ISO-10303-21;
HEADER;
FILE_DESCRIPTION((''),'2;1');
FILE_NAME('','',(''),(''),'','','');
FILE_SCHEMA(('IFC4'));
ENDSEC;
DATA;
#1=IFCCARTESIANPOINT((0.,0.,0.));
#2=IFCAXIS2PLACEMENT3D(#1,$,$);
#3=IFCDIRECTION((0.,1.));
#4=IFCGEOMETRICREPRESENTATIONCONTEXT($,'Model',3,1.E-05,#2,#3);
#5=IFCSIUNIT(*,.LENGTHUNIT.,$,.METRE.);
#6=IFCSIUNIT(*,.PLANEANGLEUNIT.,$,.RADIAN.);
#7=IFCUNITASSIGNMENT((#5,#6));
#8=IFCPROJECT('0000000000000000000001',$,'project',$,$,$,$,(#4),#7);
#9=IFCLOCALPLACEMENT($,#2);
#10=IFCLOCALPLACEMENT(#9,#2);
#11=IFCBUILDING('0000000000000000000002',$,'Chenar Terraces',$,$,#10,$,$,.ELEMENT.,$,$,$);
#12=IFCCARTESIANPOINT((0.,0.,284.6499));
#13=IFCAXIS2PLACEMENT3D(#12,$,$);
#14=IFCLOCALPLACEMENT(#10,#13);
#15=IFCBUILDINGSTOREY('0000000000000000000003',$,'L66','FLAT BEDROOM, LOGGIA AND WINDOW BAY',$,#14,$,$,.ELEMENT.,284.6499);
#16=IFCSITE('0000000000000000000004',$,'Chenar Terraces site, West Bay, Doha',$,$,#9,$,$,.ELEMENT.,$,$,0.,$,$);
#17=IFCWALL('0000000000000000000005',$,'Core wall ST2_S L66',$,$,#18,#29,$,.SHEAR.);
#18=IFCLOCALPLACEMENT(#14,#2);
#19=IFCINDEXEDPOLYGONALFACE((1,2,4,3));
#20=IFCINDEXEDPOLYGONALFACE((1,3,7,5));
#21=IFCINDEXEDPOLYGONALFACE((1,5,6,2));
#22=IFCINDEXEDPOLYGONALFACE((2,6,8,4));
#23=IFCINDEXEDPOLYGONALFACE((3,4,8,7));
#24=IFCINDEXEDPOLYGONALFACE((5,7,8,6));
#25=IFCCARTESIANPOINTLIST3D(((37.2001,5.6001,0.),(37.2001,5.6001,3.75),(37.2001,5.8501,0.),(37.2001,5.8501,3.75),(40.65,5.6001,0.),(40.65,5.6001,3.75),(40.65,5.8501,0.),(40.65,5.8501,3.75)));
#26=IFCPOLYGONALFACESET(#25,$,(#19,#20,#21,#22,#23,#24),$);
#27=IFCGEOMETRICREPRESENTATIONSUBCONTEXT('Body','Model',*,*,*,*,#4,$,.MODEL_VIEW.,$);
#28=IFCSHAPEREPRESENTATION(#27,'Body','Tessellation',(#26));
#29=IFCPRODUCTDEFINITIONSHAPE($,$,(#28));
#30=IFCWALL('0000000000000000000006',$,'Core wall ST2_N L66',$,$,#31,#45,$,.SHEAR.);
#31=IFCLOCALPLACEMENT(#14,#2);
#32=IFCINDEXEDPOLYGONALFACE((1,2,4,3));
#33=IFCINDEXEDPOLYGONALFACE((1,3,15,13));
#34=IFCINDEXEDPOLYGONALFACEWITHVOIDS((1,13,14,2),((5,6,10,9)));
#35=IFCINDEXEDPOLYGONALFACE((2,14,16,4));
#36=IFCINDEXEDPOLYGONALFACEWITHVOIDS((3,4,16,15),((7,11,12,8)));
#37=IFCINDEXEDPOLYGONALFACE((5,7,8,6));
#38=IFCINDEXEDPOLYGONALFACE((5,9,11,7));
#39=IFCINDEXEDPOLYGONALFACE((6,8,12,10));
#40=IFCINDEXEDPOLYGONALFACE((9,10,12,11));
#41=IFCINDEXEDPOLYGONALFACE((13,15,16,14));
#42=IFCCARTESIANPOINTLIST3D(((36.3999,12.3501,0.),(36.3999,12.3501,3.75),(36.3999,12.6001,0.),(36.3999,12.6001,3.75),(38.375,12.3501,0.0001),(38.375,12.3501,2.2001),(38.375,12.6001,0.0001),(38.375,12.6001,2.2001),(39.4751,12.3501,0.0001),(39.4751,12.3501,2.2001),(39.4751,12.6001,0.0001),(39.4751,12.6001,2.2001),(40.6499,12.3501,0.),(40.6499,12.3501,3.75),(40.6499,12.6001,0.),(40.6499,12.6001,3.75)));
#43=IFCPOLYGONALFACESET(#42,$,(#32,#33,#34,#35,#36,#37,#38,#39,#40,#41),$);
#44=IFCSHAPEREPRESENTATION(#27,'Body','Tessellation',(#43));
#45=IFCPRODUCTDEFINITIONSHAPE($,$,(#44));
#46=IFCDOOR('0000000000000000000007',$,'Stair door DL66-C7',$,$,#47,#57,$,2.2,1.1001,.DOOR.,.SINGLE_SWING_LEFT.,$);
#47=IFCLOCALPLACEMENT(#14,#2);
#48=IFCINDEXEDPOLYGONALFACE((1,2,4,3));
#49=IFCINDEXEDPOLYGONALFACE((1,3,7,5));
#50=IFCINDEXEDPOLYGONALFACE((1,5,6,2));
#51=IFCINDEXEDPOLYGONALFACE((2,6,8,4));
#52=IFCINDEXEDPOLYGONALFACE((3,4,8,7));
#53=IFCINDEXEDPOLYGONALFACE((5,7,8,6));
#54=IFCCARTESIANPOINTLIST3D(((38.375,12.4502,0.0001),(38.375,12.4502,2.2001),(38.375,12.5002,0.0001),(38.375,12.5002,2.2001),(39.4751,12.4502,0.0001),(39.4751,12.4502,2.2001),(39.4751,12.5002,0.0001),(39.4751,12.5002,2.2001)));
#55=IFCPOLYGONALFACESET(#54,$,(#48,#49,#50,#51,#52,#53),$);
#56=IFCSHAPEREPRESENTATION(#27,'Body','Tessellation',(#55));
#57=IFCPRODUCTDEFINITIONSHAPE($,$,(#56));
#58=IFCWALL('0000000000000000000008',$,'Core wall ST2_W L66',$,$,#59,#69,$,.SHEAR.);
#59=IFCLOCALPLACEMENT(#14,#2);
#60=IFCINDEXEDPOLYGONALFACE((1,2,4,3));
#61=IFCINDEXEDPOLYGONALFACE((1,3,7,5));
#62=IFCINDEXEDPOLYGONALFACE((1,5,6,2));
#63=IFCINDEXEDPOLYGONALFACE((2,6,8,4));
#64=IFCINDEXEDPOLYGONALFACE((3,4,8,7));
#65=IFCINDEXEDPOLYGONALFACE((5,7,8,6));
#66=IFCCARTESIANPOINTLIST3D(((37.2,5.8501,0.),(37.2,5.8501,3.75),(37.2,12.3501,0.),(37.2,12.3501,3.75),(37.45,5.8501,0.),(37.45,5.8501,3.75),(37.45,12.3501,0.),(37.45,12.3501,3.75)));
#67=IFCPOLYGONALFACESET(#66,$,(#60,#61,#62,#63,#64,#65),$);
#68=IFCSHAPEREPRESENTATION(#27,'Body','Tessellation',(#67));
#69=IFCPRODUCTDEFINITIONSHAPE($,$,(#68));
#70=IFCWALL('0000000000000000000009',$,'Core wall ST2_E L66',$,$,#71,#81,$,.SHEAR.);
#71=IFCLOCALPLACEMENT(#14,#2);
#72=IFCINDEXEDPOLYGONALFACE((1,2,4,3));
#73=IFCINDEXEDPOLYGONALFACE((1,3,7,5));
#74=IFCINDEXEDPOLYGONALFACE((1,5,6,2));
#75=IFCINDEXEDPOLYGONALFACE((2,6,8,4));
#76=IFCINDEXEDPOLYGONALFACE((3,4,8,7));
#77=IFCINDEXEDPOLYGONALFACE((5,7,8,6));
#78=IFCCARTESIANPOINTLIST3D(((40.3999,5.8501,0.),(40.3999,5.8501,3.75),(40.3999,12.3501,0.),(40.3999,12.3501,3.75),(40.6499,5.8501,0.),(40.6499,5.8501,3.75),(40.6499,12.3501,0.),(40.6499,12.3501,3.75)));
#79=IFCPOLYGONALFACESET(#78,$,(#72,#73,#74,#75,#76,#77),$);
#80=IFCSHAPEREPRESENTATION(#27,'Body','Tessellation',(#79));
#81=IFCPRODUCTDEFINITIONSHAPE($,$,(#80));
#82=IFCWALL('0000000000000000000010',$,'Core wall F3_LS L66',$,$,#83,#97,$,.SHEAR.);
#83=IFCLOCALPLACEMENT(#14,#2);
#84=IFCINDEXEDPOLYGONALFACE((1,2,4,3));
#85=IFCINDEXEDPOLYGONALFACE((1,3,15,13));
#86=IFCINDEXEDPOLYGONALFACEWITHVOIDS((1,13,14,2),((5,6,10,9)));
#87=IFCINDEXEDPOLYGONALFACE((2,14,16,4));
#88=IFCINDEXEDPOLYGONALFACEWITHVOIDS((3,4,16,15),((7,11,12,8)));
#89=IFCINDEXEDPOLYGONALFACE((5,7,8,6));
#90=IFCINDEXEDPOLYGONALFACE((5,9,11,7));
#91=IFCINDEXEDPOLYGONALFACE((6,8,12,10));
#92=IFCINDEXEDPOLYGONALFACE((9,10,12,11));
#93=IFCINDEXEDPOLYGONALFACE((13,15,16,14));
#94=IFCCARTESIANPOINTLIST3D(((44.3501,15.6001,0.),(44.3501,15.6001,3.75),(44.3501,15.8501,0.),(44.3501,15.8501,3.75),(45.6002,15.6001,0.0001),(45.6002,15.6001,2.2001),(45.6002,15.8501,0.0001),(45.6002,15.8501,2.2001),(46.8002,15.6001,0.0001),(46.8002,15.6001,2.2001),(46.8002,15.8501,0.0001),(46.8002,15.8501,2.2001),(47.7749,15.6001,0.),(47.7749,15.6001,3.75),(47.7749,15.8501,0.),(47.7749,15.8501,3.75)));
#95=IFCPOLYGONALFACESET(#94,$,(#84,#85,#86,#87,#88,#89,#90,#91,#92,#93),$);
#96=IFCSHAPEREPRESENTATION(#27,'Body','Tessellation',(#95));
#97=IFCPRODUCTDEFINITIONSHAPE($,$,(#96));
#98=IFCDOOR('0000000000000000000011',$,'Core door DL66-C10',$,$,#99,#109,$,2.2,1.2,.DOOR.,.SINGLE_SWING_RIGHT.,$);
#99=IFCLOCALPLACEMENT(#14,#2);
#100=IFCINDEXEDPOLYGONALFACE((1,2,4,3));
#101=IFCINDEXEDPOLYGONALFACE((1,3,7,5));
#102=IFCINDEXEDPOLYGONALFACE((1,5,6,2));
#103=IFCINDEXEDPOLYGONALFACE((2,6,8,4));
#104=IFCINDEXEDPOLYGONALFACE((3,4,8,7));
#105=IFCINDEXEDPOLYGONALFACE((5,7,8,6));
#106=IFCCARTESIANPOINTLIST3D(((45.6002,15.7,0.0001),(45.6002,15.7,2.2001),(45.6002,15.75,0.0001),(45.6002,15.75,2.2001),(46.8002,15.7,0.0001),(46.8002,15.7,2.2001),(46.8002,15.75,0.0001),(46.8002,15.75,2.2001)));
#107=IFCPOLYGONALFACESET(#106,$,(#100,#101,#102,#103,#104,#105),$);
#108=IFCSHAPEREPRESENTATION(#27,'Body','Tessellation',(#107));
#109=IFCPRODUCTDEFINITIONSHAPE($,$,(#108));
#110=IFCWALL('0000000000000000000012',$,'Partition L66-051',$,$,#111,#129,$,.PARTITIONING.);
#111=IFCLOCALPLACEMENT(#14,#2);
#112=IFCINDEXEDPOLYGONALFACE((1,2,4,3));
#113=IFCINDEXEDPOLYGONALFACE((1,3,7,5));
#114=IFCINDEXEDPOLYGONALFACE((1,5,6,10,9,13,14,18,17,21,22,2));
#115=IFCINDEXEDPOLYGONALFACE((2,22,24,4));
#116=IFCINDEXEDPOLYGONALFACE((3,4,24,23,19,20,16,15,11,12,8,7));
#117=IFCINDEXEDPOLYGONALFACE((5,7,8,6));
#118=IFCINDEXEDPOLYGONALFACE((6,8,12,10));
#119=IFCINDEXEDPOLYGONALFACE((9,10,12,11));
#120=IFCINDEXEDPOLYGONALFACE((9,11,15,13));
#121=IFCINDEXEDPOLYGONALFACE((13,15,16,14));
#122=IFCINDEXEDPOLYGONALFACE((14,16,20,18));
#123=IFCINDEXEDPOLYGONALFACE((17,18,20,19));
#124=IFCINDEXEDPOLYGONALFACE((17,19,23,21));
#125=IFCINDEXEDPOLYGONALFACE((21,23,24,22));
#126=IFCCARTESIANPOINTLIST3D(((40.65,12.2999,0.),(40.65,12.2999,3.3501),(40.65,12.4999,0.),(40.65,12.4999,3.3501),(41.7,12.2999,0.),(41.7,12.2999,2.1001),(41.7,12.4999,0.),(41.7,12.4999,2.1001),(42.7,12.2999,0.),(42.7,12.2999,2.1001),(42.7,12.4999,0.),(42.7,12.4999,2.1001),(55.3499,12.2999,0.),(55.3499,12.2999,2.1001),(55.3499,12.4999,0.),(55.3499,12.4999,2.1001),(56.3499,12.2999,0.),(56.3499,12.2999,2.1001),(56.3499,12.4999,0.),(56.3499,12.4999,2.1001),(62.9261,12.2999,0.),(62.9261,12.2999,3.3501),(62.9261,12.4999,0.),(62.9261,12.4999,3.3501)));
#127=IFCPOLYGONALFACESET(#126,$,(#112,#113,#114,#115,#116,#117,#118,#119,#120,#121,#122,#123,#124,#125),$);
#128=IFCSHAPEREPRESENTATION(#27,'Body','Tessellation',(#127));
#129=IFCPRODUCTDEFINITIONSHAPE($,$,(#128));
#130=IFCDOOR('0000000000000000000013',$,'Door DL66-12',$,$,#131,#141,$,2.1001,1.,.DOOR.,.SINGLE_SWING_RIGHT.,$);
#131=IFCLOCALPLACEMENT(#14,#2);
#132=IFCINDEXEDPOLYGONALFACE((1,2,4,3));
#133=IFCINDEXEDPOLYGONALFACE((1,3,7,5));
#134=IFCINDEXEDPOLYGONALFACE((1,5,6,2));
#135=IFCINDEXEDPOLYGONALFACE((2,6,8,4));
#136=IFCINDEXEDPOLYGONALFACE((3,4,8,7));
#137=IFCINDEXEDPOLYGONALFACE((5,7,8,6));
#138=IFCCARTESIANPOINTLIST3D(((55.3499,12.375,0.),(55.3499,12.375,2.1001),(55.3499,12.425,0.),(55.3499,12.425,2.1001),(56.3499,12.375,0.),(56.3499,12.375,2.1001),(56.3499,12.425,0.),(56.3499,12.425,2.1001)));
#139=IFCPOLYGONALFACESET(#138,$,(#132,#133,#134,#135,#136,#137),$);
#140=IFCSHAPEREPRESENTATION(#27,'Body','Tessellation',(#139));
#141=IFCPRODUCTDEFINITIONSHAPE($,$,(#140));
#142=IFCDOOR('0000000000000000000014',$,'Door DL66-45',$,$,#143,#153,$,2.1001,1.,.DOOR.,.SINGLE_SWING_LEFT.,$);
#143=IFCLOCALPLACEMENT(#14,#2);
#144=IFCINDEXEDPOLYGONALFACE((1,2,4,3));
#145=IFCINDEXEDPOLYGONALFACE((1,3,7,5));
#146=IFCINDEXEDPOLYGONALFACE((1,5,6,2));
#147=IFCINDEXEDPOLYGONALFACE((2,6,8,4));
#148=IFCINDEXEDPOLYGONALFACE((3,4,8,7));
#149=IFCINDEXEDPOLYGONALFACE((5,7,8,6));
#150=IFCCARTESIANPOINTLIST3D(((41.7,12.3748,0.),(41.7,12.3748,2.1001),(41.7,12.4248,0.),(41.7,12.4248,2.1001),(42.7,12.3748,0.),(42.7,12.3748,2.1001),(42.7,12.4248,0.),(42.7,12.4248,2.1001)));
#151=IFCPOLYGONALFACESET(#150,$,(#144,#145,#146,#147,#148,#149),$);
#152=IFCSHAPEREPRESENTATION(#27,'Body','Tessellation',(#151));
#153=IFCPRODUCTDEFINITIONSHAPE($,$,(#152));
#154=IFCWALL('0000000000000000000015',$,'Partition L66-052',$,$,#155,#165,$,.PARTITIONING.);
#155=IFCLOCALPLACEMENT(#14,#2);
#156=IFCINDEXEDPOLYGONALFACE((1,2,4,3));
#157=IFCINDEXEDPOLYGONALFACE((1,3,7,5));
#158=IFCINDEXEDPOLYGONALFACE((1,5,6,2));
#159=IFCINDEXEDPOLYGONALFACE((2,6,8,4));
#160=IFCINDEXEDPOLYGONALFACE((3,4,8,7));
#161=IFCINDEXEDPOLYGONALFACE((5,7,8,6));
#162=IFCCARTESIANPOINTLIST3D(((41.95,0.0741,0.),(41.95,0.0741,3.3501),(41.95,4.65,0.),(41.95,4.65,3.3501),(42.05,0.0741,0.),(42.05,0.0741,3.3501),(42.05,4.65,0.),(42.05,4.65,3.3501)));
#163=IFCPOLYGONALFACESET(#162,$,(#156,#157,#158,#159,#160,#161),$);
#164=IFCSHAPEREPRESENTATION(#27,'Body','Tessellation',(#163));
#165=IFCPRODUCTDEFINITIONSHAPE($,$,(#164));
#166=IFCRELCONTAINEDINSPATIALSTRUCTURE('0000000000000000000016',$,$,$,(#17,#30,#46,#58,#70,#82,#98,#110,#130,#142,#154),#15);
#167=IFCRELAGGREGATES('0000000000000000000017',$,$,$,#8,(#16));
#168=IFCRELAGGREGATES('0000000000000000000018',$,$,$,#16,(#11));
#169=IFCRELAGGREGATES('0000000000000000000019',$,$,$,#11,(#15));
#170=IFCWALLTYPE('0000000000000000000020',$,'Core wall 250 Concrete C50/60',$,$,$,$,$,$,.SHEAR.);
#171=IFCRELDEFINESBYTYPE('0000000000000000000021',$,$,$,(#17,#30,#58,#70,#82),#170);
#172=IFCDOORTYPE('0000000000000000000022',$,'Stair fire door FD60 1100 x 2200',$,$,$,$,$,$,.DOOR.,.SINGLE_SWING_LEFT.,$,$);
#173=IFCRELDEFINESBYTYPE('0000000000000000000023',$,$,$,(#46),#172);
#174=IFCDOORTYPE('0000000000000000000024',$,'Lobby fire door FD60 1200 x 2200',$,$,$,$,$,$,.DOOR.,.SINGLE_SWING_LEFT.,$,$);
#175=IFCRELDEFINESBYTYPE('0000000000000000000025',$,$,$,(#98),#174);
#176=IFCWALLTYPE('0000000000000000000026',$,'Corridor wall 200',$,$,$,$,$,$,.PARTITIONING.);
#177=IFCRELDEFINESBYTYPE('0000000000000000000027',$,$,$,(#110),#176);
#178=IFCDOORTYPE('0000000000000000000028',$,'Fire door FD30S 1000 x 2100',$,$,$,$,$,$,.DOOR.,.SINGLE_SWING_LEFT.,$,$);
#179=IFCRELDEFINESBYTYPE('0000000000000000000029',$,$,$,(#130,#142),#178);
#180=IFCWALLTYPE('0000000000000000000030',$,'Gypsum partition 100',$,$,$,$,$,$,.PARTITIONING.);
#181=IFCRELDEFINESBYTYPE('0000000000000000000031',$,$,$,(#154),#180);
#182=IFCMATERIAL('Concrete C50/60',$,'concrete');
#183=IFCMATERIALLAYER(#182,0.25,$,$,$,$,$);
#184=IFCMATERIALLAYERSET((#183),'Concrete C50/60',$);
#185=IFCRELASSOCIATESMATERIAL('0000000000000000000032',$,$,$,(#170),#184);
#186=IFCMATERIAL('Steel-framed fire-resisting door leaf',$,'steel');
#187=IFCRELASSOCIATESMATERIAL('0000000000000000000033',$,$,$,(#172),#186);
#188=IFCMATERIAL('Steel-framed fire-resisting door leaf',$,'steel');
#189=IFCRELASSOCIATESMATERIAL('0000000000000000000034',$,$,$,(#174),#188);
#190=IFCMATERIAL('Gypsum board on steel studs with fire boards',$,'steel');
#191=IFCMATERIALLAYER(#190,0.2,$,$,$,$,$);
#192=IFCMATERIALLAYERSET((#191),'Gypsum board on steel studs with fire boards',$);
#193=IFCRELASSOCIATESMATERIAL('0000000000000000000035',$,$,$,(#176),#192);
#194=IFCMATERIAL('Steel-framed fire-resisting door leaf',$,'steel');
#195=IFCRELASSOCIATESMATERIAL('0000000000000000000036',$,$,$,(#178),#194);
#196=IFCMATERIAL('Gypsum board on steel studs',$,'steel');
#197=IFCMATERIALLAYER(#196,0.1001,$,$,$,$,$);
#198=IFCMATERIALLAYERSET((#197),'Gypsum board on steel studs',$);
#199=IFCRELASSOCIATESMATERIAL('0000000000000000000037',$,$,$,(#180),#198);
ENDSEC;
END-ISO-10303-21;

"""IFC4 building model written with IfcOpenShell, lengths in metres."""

from ifc_helpers import new_model, si_unit, direction, frame, frame_2d, origin, place, context, subcontext, project, spatial, rectangle, extrude, material, layer, layer_set, type_object, element, fill, save


model = new_model("IFC4")

# Units and contexts
model_context = context("Model", 3, precision=1e-05, world=origin(), true_north=direction((0.0, 1.0)))
body_context = subcontext(model_context, "Body", "Model", "MODEL_VIEW")
ifc_project = project(units=[si_unit("LENGTHUNIT", "METRE"), si_unit("PLANEANGLEUNIT", "RADIAN")], contexts=[model_context])

# Site, building, storey
site_placement = place(None, origin())
site = spatial("IfcSite", under=ifc_project, at=site_placement, Name="Chenar Terraces site, West Bay, Doha", CompositionType="ELEMENT", RefElevation=0.0)
building_placement = place(site_placement, origin())
building = spatial("IfcBuilding", under=site, at=building_placement, Name="Chenar Terraces", CompositionType="ELEMENT")
storey_placement = place(building_placement, frame((0.0, 0.0, 284.6499)))
storey = spatial("IfcBuildingStorey", under=building, at=storey_placement, Name="L66", Description="FLAT BEDROOM, LOGGIA AND WINDOW BAY", CompositionType="ELEMENT", Elevation=284.6499)

# Wall
ifc_material_1 = material(Name="Concrete C50/60", Category="concrete")
ifc_layer_1 = layer(ifc_material_1, 0.25)
ifc_layer_set_1 = layer_set([ifc_layer_1], Name="Concrete C50/60")
wall_type_1 = type_object("IfcWallType", Name="Core wall 250 Concrete C50/60", PredefinedType="SHEAR", material=ifc_layer_set_1)
wall_1_placement = place(storey_placement, frame((37.2, 5.7251, 0.0), z_axis=(0.0, 0.0, 1.0), x_axis=(1.0, 0.0, 0.0)))
element("IfcWall", 1, at=wall_1_placement, inside=storey, type_object=wall_type_1, Name="Core wall ST2_S L66", PredefinedType="SHEAR", context=body_context, shape_type="SweptSolid", body=[
    extrude(rectangle(XDim=3.45, YDim=0.25, at=frame_2d((1.7251, 0.0))), origin(), (0.0, 0.0, 1.0), 3.75),
])

# Wall, opening, door
wall_2_placement = place(storey_placement, frame((36.3999, 12.4751, 0.0), z_axis=(0.0, 0.0, 1.0), x_axis=(1.0, 0.0, 0.0)))
wall_2 = element("IfcWall", 2, at=wall_2_placement, inside=storey, type_object=wall_type_1, Name="Core wall ST2_N L66", PredefinedType="SHEAR", context=body_context, shape_type="SweptSolid", body=[
    extrude(rectangle(XDim=4.25, YDim=0.25, at=frame_2d((2.125, 0.0))), origin(), (0.0, 0.0, 1.0), 3.75),
])
opening_1_placement = place(wall_2_placement, frame((1.9751, 0.0, 0.0)))
opening_1 = element("IfcOpeningElement", 3, at=opening_1_placement, cuts=wall_2, PredefinedType="OPENING", context=body_context, shape_type="SweptSolid", body=[
    extrude(rectangle(XDim=1.1001, YDim=2.2, at=frame_2d((0.55, 1.1001))), frame((0.0, 0.135, 0.0), z_axis=(0.0, -1.0, 0.0), x_axis=(1.0, 0.0, 0.0)), (0.0, 0.0, 1.0), 0.27),
])
ifc_material_2 = material(Name="Steel-framed fire-resisting door leaf", Category="steel")
door_type_1 = type_object("IfcDoorType", Name="Stair fire door FD60 1100 x 2200", OperationType="SINGLE_SWING_LEFT", PredefinedType="DOOR", material=ifc_material_2)
door_1_placement = place(opening_1_placement, frame((1.1001, 0.0, 0.0), z_axis=(0.0, 0.0, 1.0), x_axis=(-1.0, 0.0, 0.0)))
door_1 = element("IfcDoor", 4, at=door_1_placement, inside=storey, type_object=door_type_1, Name="Stair door DL66-C7", OperationType="SINGLE_SWING_LEFT", OverallHeight=2.2, OverallWidth=1.1001, PredefinedType="DOOR", context=body_context, shape_type="SweptSolid", body=[
    extrude(rectangle(XDim=1.1001, YDim=2.2, at=frame_2d((0.55, 1.1001))), frame((0.0, 0.0249, 0.0), z_axis=(0.0, -1.0, 0.0), x_axis=(1.0, 0.0, 0.0)), (0.0, 0.0, 1.0), 0.05),
])
fill(opening_1, door_1)

# Walls
for number, where, z_axis, x_axis, name in (
    (5, (37.325, 5.8501, 0.0), (0.0, 0.0, 1.0), (0.0, 1.0, 0.0), "Core wall ST2_W L66"),
    (6, (40.5249, 5.8501, 0.0), (0.0, 0.0, 1.0), (0.0, 1.0, 0.0), "Core wall ST2_E L66"),
):
    element("IfcWall", number, at=place(storey_placement, frame(where, z_axis=z_axis, x_axis=x_axis)), inside=storey, type_object=wall_type_1, Name=name, PredefinedType="SHEAR", context=body_context, shape_type="SweptSolid", body=[
        extrude(rectangle(XDim=6.5, YDim=0.25, at=frame_2d((3.25, 0.0))), origin(), (0.0, 0.0, 1.0), 3.75),
    ])

# Wall, opening, door
wall_3_placement = place(storey_placement, frame((44.3501, 15.7251, 0.0), z_axis=(0.0, 0.0, 1.0), x_axis=(1.0, 0.0, 0.0)))
wall_3 = element("IfcWall", 7, at=wall_3_placement, inside=storey, type_object=wall_type_1, Name="Core wall F3_LS L66", PredefinedType="SHEAR", context=body_context, shape_type="SweptSolid", body=[
    extrude(rectangle(XDim=3.4248, YDim=0.25, at=frame_2d((1.7124, 0.0))), origin(), (0.0, 0.0, 1.0), 3.75),
])
opening_2_placement = place(wall_3_placement, frame((1.25, 0.0, 0.0)))
opening_2 = element("IfcOpeningElement", 8, at=opening_2_placement, cuts=wall_3, PredefinedType="OPENING", context=body_context, shape_type="SweptSolid", body=[
    extrude(rectangle(XDim=1.2, YDim=2.2, at=frame_2d((0.6001, 1.1001))), frame((0.0, 0.135, 0.0), z_axis=(0.0, -1.0, 0.0), x_axis=(1.0, 0.0, 0.0)), (0.0, 0.0, 1.0), 0.27),
])
ifc_material_3 = material(Name="Steel-framed fire-resisting door leaf", Category="steel")
door_type_2 = type_object("IfcDoorType", Name="Lobby fire door FD60 1200 x 2200", OperationType="SINGLE_SWING_LEFT", PredefinedType="DOOR", material=ifc_material_3)
door_2_placement = place(opening_2_placement, origin())
door_2 = element("IfcDoor", 9, at=door_2_placement, inside=storey, type_object=door_type_2, Name="Core door DL66-C10", OperationType="SINGLE_SWING_RIGHT", OverallHeight=2.2, OverallWidth=1.2, PredefinedType="DOOR", context=body_context, shape_type="SweptSolid", body=[
    extrude(rectangle(XDim=1.2, YDim=2.2, at=frame_2d((0.6001, 1.1001))), frame((0.0, 0.0249, 0.0), z_axis=(0.0, -1.0, 0.0), x_axis=(1.0, 0.0, 0.0)), (0.0, 0.0, 1.0), 0.05),
])
fill(opening_2, door_2)

# Wall, openings, doors
ifc_material_4 = material(Name="Gypsum board on steel studs with fire boards", Category="steel")
ifc_layer_2 = layer(ifc_material_4, 0.2)
ifc_layer_set_2 = layer_set([ifc_layer_2], Name="Gypsum board on steel studs with fire boards")
wall_type_2 = type_object("IfcWallType", Name="Corridor wall 200", PredefinedType="PARTITIONING", material=ifc_layer_set_2)
wall_4_placement = place(storey_placement, frame((40.6499, 12.3999, 0.0), z_axis=(0.0, 0.0, 1.0), x_axis=(1.0, 0.0, 0.0)))
wall_4 = element("IfcWall", 10, at=wall_4_placement, inside=storey, type_object=wall_type_2, Name="Partition L66-051", PredefinedType="PARTITIONING", context=body_context, shape_type="SweptSolid", body=[
    extrude(rectangle(XDim=22.2761, YDim=0.2, at=frame_2d((11.1382, 0.0))), origin(), (0.0, 0.0, 1.0), 3.3501),
])
opening_3_placement = place(wall_4_placement, frame((14.7, 0.0, 0.0)))
opening_3 = element("IfcOpeningElement", 11, at=opening_3_placement, cuts=wall_4, PredefinedType="OPENING", context=body_context, shape_type="SweptSolid", body=[
    extrude(rectangle(XDim=1.0, YDim=2.1001, at=frame_2d((0.5, 1.05))), frame((0.0, 0.1099, 0.0), z_axis=(0.0, -1.0, 0.0), x_axis=(1.0, 0.0, 0.0)), (0.0, 0.0, 1.0), 0.22),
])
opening_4_placement = place(wall_4_placement, frame((1.05, 0.0, 0.0)))
opening_4 = element("IfcOpeningElement", 12, at=opening_4_placement, cuts=wall_4, PredefinedType="OPENING", context=body_context, shape_type="SweptSolid", body=[
    extrude(rectangle(XDim=1.0, YDim=2.1001, at=frame_2d((0.5, 1.05))), frame((0.0, 0.1099, 0.0), z_axis=(0.0, -1.0, 0.0), x_axis=(1.0, 0.0, 0.0)), (0.0, 0.0, 1.0), 0.22),
])
ifc_material_5 = material(Name="Steel-framed fire-resisting door leaf", Category="steel")
door_type_3 = type_object("IfcDoorType", Name="Fire door FD30S 1000 x 2100", OperationType="SINGLE_SWING_LEFT", PredefinedType="DOOR", material=ifc_material_5)
door_3_placement = place(opening_3_placement, frame((1.0, 0.0, 0.0), z_axis=(0.0, 0.0, 1.0), x_axis=(-1.0, 0.0, 0.0)))
door_3 = element("IfcDoor", 13, at=door_3_placement, inside=storey, type_object=door_type_3, Name="Door DL66-12", OperationType="SINGLE_SWING_RIGHT", OverallHeight=2.1001, OverallWidth=1.0, PredefinedType="DOOR", context=body_context, shape_type="SweptSolid", body=[
    extrude(rectangle(XDim=1.0, YDim=2.1001, at=frame_2d((0.5, 1.05))), frame((0.0, 0.0249, 0.0), z_axis=(0.0, -1.0, 0.0), x_axis=(1.0, 0.0, 0.0)), (0.0, 0.0, 1.0), 0.05),
])
fill(opening_3, door_3)
door_4_placement = place(opening_4_placement, origin())
door_4 = element("IfcDoor", 14, at=door_4_placement, inside=storey, type_object=door_type_3, Name="Door DL66-45", OperationType="SINGLE_SWING_LEFT", OverallHeight=2.1001, OverallWidth=1.0, PredefinedType="DOOR", context=body_context, shape_type="SweptSolid", body=[
    extrude(rectangle(XDim=1.0, YDim=2.1001, at=frame_2d((0.5, 1.05))), frame((0.0, 0.0249, 0.0), z_axis=(0.0, -1.0, 0.0), x_axis=(1.0, 0.0, 0.0)), (0.0, 0.0, 1.0), 0.05),
])
fill(opening_4, door_4)

# Wall
ifc_material_6 = material(Name="Gypsum board on steel studs", Category="steel")
ifc_layer_3 = layer(ifc_material_6, 0.1001)
ifc_layer_set_3 = layer_set([ifc_layer_3], Name="Gypsum board on steel studs")
wall_type_3 = type_object("IfcWallType", Name="Gypsum partition 100", PredefinedType="PARTITIONING", material=ifc_layer_set_3)
wall_5_placement = place(storey_placement, frame((42.0, 0.074, 0.0), z_axis=(0.0, 0.0, 1.0), x_axis=(0.0, 1.0, 0.0)))
element("IfcWall", 15, at=wall_5_placement, inside=storey, type_object=wall_type_3, Name="Partition L66-052", PredefinedType="PARTITIONING", context=body_context, shape_type="SweptSolid", body=[
    extrude(rectangle(XDim=4.5759, YDim=0.1001, at=frame_2d((2.2881, 0.0))), origin(), (0.0, 0.0, 1.0), 3.3501),
])

save(model, "model.ifc")
